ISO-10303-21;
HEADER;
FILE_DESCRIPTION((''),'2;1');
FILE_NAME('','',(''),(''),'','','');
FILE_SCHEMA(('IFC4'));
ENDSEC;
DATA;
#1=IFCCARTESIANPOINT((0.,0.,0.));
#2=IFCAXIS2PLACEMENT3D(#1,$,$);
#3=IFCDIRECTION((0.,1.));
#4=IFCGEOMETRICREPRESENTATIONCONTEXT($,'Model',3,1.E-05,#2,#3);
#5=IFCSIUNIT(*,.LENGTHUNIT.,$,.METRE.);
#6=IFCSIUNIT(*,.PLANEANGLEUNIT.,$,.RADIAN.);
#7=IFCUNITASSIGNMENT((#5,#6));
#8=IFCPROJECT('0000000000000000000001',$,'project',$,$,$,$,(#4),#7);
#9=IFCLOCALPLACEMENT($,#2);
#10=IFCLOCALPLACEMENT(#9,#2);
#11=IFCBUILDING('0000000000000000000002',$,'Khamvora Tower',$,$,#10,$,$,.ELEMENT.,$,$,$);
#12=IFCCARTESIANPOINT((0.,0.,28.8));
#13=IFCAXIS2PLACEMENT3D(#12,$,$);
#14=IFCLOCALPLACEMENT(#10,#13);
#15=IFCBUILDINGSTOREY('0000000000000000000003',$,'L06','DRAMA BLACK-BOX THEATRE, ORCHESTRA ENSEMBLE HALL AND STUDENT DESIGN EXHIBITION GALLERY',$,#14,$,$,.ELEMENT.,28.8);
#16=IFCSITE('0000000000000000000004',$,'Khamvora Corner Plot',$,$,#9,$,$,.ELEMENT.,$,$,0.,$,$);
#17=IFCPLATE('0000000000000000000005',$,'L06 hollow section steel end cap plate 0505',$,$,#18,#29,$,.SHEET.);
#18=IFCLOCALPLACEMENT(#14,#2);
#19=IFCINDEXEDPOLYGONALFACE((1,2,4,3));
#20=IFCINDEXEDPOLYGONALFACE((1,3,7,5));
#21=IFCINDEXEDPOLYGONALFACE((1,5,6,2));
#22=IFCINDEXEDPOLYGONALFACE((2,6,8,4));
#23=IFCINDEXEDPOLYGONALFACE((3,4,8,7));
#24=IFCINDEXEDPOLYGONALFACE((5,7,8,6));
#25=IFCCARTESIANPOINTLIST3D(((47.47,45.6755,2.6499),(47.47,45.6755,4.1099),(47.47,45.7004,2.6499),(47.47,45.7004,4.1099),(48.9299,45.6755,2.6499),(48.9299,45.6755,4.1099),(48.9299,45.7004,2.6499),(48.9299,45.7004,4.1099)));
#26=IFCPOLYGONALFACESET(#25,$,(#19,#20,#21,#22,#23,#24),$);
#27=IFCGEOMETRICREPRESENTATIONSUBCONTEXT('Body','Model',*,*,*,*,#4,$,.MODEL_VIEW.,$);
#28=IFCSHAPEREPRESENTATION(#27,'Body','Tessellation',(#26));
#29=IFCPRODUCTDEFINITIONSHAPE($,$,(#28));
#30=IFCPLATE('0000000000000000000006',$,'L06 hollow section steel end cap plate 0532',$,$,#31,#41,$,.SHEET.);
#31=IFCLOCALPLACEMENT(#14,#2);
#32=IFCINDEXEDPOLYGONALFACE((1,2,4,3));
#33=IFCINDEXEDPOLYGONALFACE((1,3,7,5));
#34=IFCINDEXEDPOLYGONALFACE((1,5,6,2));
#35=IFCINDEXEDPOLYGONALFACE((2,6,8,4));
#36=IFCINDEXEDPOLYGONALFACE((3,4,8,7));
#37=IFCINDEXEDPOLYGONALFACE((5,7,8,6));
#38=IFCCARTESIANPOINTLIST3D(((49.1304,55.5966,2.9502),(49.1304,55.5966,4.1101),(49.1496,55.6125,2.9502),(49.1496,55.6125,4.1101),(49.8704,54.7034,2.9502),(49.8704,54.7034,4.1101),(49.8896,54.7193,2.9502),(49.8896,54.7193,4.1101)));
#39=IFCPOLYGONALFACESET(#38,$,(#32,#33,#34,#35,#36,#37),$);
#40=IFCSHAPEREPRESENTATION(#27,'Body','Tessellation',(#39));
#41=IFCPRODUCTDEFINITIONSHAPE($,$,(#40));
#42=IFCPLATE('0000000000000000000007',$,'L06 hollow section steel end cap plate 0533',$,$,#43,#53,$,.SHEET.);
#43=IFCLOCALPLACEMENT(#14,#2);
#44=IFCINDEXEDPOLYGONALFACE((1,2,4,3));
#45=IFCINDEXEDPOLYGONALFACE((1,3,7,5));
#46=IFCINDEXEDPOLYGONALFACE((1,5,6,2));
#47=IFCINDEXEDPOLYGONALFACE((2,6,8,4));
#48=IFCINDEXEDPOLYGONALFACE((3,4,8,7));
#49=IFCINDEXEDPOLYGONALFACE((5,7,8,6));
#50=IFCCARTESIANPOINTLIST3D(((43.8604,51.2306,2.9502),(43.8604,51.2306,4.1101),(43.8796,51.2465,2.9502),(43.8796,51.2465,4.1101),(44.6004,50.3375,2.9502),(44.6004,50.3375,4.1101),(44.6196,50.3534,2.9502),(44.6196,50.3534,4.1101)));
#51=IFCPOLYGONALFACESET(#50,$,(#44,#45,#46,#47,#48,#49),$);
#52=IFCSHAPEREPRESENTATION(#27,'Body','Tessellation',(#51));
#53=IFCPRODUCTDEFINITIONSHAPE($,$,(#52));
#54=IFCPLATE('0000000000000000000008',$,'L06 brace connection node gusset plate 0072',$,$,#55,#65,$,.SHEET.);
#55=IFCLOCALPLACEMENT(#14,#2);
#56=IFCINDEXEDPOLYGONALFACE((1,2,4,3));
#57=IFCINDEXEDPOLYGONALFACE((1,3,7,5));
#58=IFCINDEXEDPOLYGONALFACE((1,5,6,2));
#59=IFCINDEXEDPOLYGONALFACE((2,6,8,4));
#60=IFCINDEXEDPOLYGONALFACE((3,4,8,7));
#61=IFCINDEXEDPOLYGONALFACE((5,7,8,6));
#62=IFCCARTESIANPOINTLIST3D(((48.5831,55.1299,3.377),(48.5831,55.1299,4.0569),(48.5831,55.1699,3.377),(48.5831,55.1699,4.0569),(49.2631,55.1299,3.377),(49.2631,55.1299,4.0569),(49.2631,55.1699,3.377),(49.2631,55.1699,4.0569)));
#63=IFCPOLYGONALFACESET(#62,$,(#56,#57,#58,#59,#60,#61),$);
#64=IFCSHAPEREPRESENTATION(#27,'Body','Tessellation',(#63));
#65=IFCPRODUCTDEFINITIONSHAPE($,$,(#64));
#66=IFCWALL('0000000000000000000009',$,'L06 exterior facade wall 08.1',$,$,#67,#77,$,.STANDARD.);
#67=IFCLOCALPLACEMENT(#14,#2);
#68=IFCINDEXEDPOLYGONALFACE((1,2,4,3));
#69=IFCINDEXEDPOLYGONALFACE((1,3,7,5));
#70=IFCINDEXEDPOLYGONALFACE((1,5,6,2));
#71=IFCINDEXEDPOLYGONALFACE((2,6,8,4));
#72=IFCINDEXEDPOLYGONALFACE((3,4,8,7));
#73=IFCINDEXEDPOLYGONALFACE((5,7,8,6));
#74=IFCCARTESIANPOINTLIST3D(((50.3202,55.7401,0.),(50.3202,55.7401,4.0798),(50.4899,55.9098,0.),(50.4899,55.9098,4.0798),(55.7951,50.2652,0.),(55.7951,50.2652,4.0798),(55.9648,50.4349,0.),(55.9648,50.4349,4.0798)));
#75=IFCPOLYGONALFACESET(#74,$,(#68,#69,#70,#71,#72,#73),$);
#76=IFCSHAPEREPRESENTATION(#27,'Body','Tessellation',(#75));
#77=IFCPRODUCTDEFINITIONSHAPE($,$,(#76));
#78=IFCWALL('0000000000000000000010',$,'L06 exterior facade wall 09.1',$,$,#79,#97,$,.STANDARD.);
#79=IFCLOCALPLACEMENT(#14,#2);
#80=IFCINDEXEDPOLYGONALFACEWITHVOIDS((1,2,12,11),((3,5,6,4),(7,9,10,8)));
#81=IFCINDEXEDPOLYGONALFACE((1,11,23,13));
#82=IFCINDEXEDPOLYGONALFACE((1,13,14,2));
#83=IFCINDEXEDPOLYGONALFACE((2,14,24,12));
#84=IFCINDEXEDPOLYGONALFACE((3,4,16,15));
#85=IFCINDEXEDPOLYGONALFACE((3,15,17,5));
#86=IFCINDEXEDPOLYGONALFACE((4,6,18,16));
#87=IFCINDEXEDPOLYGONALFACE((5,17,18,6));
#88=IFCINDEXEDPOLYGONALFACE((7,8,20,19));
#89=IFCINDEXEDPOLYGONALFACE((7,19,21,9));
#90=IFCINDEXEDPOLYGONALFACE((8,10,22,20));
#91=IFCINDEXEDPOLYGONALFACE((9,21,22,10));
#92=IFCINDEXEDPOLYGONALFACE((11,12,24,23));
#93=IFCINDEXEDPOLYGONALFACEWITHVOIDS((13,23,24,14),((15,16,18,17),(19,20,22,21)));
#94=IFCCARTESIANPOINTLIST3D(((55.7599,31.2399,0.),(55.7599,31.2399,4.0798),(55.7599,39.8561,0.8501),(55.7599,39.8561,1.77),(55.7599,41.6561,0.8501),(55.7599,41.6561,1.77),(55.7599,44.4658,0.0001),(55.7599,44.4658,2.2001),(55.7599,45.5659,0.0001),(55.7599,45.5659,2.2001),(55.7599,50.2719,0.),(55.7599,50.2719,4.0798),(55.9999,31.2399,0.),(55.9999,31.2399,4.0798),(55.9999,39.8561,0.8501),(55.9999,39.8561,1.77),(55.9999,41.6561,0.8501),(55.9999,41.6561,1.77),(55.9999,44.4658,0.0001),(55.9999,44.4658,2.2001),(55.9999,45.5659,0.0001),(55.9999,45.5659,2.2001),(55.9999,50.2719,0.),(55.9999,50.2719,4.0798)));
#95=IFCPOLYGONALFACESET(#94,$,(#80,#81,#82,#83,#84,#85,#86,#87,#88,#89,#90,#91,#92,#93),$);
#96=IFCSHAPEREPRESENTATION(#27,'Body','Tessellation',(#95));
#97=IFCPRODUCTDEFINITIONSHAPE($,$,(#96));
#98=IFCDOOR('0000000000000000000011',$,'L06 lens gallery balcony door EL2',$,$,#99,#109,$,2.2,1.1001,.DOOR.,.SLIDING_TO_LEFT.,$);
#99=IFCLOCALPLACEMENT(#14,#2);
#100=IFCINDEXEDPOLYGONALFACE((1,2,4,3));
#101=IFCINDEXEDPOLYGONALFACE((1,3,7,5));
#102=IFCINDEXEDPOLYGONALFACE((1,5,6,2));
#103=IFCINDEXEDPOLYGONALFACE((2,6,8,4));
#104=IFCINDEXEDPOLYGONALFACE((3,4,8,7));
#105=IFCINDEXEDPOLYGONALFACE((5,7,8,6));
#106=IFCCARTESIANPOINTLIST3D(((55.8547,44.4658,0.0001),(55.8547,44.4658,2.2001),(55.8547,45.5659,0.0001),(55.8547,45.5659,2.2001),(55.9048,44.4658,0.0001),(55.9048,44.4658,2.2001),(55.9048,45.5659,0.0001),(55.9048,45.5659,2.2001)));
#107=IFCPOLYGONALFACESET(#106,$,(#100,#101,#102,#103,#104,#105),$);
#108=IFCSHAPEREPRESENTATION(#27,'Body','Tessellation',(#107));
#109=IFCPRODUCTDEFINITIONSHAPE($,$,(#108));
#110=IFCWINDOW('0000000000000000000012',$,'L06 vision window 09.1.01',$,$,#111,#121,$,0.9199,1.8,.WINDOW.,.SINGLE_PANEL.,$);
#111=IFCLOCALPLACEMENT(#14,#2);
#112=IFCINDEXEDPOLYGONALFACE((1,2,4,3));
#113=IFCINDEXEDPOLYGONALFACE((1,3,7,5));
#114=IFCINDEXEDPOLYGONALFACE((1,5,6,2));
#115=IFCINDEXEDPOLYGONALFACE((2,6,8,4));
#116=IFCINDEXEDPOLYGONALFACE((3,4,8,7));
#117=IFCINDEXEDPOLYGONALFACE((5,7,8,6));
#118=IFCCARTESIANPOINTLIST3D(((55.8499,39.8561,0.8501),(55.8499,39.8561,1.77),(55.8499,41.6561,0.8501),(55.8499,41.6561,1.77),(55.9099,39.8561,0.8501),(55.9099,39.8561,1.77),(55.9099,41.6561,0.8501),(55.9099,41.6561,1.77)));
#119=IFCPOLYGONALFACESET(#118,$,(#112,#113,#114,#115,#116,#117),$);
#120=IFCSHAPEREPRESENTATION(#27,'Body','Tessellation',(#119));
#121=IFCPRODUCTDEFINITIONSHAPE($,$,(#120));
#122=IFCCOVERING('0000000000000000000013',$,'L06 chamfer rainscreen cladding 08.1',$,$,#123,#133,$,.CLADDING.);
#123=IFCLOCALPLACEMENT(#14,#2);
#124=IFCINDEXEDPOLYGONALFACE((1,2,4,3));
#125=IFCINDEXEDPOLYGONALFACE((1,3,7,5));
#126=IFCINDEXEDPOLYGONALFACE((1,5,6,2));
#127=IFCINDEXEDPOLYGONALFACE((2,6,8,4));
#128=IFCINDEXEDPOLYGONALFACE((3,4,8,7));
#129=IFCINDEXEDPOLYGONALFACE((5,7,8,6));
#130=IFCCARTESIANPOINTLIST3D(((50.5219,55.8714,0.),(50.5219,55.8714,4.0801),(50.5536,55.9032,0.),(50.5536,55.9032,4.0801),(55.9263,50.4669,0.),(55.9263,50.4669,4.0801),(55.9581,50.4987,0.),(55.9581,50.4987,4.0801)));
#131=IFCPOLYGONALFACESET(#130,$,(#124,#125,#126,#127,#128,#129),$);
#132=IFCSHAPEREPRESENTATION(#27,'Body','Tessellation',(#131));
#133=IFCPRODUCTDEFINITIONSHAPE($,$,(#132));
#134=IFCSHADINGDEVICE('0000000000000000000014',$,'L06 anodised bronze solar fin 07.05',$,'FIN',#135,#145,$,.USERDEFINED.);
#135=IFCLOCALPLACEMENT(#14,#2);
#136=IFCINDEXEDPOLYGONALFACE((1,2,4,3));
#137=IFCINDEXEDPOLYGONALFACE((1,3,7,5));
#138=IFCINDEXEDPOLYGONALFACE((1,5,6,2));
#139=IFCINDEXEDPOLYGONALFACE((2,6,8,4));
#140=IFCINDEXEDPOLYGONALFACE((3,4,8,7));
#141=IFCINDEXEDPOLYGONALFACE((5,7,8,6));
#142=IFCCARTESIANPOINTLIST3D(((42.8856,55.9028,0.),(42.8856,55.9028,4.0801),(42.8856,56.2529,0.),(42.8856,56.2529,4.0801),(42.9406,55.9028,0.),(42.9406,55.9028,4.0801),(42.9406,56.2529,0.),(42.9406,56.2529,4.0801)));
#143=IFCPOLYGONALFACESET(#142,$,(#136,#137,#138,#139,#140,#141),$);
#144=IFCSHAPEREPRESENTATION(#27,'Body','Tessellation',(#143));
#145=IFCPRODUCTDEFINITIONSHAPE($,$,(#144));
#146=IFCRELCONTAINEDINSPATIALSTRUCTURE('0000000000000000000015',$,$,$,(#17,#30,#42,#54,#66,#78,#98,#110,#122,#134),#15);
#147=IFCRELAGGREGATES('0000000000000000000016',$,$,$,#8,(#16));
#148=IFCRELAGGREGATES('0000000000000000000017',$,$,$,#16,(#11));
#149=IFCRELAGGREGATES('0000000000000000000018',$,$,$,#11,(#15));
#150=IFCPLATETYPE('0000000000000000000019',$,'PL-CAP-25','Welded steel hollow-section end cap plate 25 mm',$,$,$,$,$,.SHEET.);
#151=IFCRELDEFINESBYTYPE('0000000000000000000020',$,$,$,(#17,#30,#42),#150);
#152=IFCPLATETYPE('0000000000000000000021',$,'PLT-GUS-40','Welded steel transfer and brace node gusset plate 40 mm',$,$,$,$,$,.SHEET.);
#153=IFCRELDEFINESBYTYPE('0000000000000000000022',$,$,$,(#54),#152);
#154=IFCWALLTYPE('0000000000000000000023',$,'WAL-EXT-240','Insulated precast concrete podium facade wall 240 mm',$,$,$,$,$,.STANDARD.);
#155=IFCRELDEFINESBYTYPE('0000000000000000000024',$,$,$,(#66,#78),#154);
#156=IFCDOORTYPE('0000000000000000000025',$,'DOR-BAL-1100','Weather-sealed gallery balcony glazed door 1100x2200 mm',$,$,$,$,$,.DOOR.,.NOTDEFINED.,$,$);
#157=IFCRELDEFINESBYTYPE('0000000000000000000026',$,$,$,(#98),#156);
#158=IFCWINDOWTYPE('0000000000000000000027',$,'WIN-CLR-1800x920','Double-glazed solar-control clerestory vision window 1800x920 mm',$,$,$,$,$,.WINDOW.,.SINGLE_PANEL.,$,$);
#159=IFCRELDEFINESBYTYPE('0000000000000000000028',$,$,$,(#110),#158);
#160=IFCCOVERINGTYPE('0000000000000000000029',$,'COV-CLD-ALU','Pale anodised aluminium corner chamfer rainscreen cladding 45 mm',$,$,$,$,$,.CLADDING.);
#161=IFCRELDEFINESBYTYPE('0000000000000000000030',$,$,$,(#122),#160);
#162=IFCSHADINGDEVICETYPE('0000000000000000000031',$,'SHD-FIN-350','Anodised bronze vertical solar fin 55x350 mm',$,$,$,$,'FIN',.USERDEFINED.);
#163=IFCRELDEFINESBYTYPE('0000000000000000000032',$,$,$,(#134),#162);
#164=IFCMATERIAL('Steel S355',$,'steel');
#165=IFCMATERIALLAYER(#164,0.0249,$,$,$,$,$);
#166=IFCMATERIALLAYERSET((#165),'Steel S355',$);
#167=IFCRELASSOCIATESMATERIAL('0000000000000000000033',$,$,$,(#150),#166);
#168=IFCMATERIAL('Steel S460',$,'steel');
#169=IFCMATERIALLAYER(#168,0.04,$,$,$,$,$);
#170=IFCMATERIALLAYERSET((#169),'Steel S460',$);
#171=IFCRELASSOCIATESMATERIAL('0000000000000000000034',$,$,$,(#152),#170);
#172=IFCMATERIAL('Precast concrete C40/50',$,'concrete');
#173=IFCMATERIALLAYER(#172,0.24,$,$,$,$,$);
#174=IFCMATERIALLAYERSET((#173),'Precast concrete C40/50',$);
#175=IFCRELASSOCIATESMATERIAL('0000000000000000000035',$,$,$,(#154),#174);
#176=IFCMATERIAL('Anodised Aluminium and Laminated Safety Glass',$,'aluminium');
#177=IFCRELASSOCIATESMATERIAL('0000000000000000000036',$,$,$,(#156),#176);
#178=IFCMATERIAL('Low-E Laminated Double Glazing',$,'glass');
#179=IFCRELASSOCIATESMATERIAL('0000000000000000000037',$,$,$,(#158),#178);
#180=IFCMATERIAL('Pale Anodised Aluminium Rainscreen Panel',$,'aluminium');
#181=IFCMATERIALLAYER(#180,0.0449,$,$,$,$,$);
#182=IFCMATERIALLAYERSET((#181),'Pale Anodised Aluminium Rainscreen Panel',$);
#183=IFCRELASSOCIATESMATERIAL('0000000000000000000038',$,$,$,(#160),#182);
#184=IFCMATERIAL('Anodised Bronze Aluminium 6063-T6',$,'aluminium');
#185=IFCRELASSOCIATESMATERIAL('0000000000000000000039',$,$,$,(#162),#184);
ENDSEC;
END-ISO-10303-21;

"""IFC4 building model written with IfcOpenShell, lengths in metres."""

from ifc_helpers import new_model, si_unit, direction, frame, frame_2d, origin, origin_2d, place, context, subcontext, project, spatial, rectangle, extrude, material, layer, layer_set, type_object, element, fill, save


model = new_model("IFC4")

# Units and contexts
model_context = context("Model", 3, precision=1e-05, world=origin(), true_north=direction((0.0, 1.0)))
body_context = subcontext(model_context, "Body", "Model", "MODEL_VIEW")
ifc_project = project(units=[si_unit("LENGTHUNIT", "METRE"), si_unit("PLANEANGLEUNIT", "RADIAN")], contexts=[model_context])

# Site, building, storey
site_placement = place(None, origin())
site = spatial("IfcSite", under=ifc_project, at=site_placement, Name="Khamvora Corner Plot", CompositionType="ELEMENT", RefElevation=0.0)
building_placement = place(site_placement, origin())
building = spatial("IfcBuilding", under=site, at=building_placement, Name="Khamvora Tower", CompositionType="ELEMENT")
storey_placement = place(building_placement, frame((0.0, 0.0, 28.8)))
storey = spatial("IfcBuildingStorey", under=building, at=storey_placement, Name="L06", Description="DRAMA BLACK-BOX THEATRE, ORCHESTRA ENSEMBLE HALL AND STUDENT DESIGN EXHIBITION GALLERY", CompositionType="ELEMENT", Elevation=28.8)

# Shared definitions
ifc_material_1 = material(Name="Steel S460", Category="steel")

# Shared definitions
ifc_material_2 = material(Name="Low-E Laminated Double Glazing", Category="glass")

# Plates
ifc_material_3 = material(Name="Steel S355", Category="steel")
ifc_layer_1 = layer(ifc_material_3, 0.0249)
ifc_layer_set_1 = layer_set([ifc_layer_1], Name="Steel S355")
plate_type_1 = type_object("IfcPlateType", Name="PL-CAP-25", Description="Welded steel hollow-section end cap plate 25 mm", PredefinedType="SHEET", material=ifc_layer_set_1)
for number, where, z_axis, x_axis, name in (
    (1, (48.2, 45.688, 2.6499), (0.0, 0.0, 1.0), (0.0, 1.0, 0.0), "L06 hollow section steel end cap plate 0505"),
):
    element("IfcPlate", number, at=place(storey_placement, frame(where, z_axis=z_axis, x_axis=x_axis)), inside=storey, type_object=plate_type_1, Name=name, PredefinedType="SHEET", context=body_context, shape_type="SweptSolid", body=[
        extrude(rectangle(XDim=0.0249, YDim=1.46, at=origin_2d()), origin(), (0.0, 0.0, 1.0), 1.46),
    ])
for number, where, z_axis, x_axis, name in (
    (2, (49.51, 55.158, 2.9502), (0.0, 0.0, 1.0), (-0.770024, -0.638016, 0.0), "L06 hollow section steel end cap plate 0532"),
    (3, (44.24, 50.792, 2.9502), (0.0, 0.0, 1.0), (-0.770024, -0.638016, 0.0), "L06 hollow section steel end cap plate 0533"),
):
    element("IfcPlate", number, at=place(storey_placement, frame(where, z_axis=z_axis, x_axis=x_axis)), inside=storey, type_object=plate_type_1, Name=name, PredefinedType="SHEET", context=body_context, shape_type="SweptSolid", body=[
        extrude(rectangle(XDim=0.0249, YDim=1.1599, at=origin_2d()), origin(), (0.0, 0.0, 1.0), 1.1599),
    ])
ifc_layer_2 = layer(ifc_material_1, 0.04)
ifc_layer_set_2 = layer_set([ifc_layer_2], Name="Steel S460")
plate_type_2 = type_object("IfcPlateType", Name="PLT-GUS-40", Description="Welded steel transfer and brace node gusset plate 40 mm", PredefinedType="SHEET", material=ifc_layer_set_2)
plate_1_placement = place(storey_placement, frame((48.9231, 55.1499, 3.377), z_axis=(0.0, 0.0, 1.0), x_axis=(1.0, 0.0, 0.0)))
element("IfcPlate", 4, at=plate_1_placement, inside=storey, type_object=plate_type_2, Name="L06 brace connection node gusset plate 0072", PredefinedType="SHEET", context=body_context, shape_type="SweptSolid", body=[
    extrude(rectangle(XDim=0.6799, YDim=0.04, at=origin_2d()), origin(), (0.0, 0.0, 1.0), 0.6799),
])

# Wall
ifc_material_4 = material(Name="Precast concrete C40/50", Category="concrete")
ifc_layer_3 = layer(ifc_material_4, 0.24)
ifc_layer_set_3 = layer_set([ifc_layer_3], Name="Precast concrete C40/50")
wall_type = type_object("IfcWallType", Name="WAL-EXT-240", Description="Insulated precast concrete podium facade wall 240 mm", PredefinedType="STANDARD", material=ifc_layer_set_3)
wall_1_placement = place(storey_placement, frame((50.405, 55.825, 0.0), z_axis=(0.0, 0.0, 1.0), x_axis=(0.707107, -0.707107, 0.0)))
element("IfcWall", 5, at=wall_1_placement, inside=storey, type_object=wall_type, Name="L06 exterior facade wall 08.1", PredefinedType="STANDARD", context=body_context, shape_type="SweptSolid", body=[
    extrude(rectangle(XDim=7.7427, YDim=0.24, at=frame_2d((3.8713, 0.0))), origin(), (0.0, 0.0, 1.0), 4.0798),
])

# Wall, openings, door, window
wall_2_placement = place(storey_placement, frame((55.8799, 50.272, 0.0), z_axis=(0.0, 0.0, 1.0), x_axis=(0.0, -1.0, 0.0)))
wall_2 = element("IfcWall", 6, at=wall_2_placement, inside=storey, type_object=wall_type, Name="L06 exterior facade wall 09.1", PredefinedType="STANDARD", context=body_context, shape_type="SweptSolid", body=[
    extrude(rectangle(XDim=19.032, YDim=0.24, at=frame_2d((9.5161, 0.0))), origin(), (0.0, 0.0, 1.0), 4.0798),
])
opening_1_placement = place(wall_2_placement, frame((4.7061, 0.0, 0.0)))
opening_1 = element("IfcOpeningElement", 7, at=opening_1_placement, cuts=wall_2, PredefinedType="OPENING", context=body_context, shape_type="SweptSolid", body=[
    extrude(rectangle(XDim=1.1001, YDim=2.2, at=frame_2d((0.55, 1.1001))), frame((0.0, 0.1299, 0.0), z_axis=(0.0, -1.0, 0.0), x_axis=(1.0, 0.0, 0.0)), (0.0, 0.0, 1.0), 0.26),
])
opening_2_placement = place(wall_2_placement, frame((8.616, 0.0, 0.8501)))
opening_2 = element("IfcOpeningElement", 8, at=opening_2_placement, cuts=wall_2, PredefinedType="OPENING", context=body_context, shape_type="SweptSolid", body=[
    extrude(rectangle(XDim=1.8, YDim=0.9199, at=frame_2d((0.8999, 0.46))), frame((0.0, 0.1299, 0.0), z_axis=(0.0, -1.0, 0.0), x_axis=(1.0, 0.0, 0.0)), (0.0, 0.0, 1.0), 0.26),
])
ifc_material_5 = material(Name="Anodised Aluminium and Laminated Safety Glass", Category="aluminium")
door_type = type_object("IfcDoorType", Name="DOR-BAL-1100", Description="Weather-sealed gallery balcony glazed door 1100x2200 mm", OperationType="NOTDEFINED", PredefinedType="DOOR", material=ifc_material_5)
door_placement = place(opening_1_placement, origin())
door = element("IfcDoor", 9, at=door_placement, inside=storey, type_object=door_type, Name="L06 lens gallery balcony door EL2", OperationType="SLIDING_TO_LEFT", OverallHeight=2.2, OverallWidth=1.1001, PredefinedType="DOOR", context=body_context, shape_type="SweptSolid", body=[
    extrude(rectangle(XDim=1.1001, YDim=2.2, at=frame_2d((0.55, 1.1001))), frame((0.0, 0.0249, 0.0), z_axis=(0.0, -1.0, 0.0), x_axis=(1.0, 0.0, 0.0)), (0.0, 0.0, 1.0), 0.05),
])
fill(opening_1, door)
window_type = type_object("IfcWindowType", Name="WIN-CLR-1800x920", Description="Double-glazed solar-control clerestory vision window 1800x920 mm", PartitioningType="SINGLE_PANEL", PredefinedType="WINDOW", material=ifc_material_2)
window_placement = place(opening_2_placement, origin())
window = element("IfcWindow", 10, at=window_placement, inside=storey, type_object=window_type, Name="L06 vision window 09.1.01", OverallHeight=0.9199, OverallWidth=1.8, PartitioningType="SINGLE_PANEL", PredefinedType="WINDOW", context=body_context, shape_type="SweptSolid", body=[
    extrude(rectangle(XDim=1.8, YDim=0.9199, at=frame_2d((0.8999, 0.46))), frame((0.0, 0.03, 0.0), z_axis=(0.0, -1.0, 0.0), x_axis=(1.0, 0.0, 0.0)), (0.0, 0.0, 1.0), 0.0601),
])
fill(opening_2, window)

# Covering
ifc_material_6 = material(Name="Pale Anodised Aluminium Rainscreen Panel", Category="aluminium")
ifc_layer_4 = layer(ifc_material_6, 0.0449)
ifc_layer_set_4 = layer_set([ifc_layer_4], Name="Pale Anodised Aluminium Rainscreen Panel")
covering_type = type_object("IfcCoveringType", Name="COV-CLD-ALU", Description="Pale anodised aluminium corner chamfer rainscreen cladding 45 mm", PredefinedType="CLADDING", material=ifc_layer_set_4)
covering_placement = place(storey_placement, frame((53.24, 53.1851, 0.0), z_axis=(0.0, 0.0, 1.0), x_axis=(0.707107, -0.707107, 0.0)))
element("IfcCovering", 11, at=covering_placement, inside=storey, type_object=covering_type, Name="L06 chamfer rainscreen cladding 08.1", PredefinedType="CLADDING", context=body_context, shape_type="SweptSolid", body=[
    extrude(rectangle(XDim=7.6431, YDim=0.0449, at=origin_2d()), origin(), (0.0, 0.0, 1.0), 4.0801),
])

# Shading device
ifc_material_7 = material(Name="Anodised Bronze Aluminium 6063-T6", Category="aluminium")
shading_device_type = type_object("IfcShadingDeviceType", Name="SHD-FIN-350", Description="Anodised bronze vertical solar fin 55x350 mm", ElementType="FIN", PredefinedType="USERDEFINED", material=ifc_material_7)
shading_device_placement = place(storey_placement, frame((42.9131, 56.0779, 0.0), z_axis=(0.0, 0.0, 1.0), x_axis=(1.0, 0.0, 0.0)))
element("IfcShadingDevice", 12, at=shading_device_placement, inside=storey, type_object=shading_device_type, Name="L06 anodised bronze solar fin 07.05", ObjectType="FIN", PredefinedType="USERDEFINED", context=body_context, shape_type="SweptSolid", body=[
    extrude(rectangle(XDim=0.0549, YDim=0.3501, at=origin_2d()), origin(), (0.0, 0.0, 1.0), 4.0801),
])

save(model, "model.ifc")
